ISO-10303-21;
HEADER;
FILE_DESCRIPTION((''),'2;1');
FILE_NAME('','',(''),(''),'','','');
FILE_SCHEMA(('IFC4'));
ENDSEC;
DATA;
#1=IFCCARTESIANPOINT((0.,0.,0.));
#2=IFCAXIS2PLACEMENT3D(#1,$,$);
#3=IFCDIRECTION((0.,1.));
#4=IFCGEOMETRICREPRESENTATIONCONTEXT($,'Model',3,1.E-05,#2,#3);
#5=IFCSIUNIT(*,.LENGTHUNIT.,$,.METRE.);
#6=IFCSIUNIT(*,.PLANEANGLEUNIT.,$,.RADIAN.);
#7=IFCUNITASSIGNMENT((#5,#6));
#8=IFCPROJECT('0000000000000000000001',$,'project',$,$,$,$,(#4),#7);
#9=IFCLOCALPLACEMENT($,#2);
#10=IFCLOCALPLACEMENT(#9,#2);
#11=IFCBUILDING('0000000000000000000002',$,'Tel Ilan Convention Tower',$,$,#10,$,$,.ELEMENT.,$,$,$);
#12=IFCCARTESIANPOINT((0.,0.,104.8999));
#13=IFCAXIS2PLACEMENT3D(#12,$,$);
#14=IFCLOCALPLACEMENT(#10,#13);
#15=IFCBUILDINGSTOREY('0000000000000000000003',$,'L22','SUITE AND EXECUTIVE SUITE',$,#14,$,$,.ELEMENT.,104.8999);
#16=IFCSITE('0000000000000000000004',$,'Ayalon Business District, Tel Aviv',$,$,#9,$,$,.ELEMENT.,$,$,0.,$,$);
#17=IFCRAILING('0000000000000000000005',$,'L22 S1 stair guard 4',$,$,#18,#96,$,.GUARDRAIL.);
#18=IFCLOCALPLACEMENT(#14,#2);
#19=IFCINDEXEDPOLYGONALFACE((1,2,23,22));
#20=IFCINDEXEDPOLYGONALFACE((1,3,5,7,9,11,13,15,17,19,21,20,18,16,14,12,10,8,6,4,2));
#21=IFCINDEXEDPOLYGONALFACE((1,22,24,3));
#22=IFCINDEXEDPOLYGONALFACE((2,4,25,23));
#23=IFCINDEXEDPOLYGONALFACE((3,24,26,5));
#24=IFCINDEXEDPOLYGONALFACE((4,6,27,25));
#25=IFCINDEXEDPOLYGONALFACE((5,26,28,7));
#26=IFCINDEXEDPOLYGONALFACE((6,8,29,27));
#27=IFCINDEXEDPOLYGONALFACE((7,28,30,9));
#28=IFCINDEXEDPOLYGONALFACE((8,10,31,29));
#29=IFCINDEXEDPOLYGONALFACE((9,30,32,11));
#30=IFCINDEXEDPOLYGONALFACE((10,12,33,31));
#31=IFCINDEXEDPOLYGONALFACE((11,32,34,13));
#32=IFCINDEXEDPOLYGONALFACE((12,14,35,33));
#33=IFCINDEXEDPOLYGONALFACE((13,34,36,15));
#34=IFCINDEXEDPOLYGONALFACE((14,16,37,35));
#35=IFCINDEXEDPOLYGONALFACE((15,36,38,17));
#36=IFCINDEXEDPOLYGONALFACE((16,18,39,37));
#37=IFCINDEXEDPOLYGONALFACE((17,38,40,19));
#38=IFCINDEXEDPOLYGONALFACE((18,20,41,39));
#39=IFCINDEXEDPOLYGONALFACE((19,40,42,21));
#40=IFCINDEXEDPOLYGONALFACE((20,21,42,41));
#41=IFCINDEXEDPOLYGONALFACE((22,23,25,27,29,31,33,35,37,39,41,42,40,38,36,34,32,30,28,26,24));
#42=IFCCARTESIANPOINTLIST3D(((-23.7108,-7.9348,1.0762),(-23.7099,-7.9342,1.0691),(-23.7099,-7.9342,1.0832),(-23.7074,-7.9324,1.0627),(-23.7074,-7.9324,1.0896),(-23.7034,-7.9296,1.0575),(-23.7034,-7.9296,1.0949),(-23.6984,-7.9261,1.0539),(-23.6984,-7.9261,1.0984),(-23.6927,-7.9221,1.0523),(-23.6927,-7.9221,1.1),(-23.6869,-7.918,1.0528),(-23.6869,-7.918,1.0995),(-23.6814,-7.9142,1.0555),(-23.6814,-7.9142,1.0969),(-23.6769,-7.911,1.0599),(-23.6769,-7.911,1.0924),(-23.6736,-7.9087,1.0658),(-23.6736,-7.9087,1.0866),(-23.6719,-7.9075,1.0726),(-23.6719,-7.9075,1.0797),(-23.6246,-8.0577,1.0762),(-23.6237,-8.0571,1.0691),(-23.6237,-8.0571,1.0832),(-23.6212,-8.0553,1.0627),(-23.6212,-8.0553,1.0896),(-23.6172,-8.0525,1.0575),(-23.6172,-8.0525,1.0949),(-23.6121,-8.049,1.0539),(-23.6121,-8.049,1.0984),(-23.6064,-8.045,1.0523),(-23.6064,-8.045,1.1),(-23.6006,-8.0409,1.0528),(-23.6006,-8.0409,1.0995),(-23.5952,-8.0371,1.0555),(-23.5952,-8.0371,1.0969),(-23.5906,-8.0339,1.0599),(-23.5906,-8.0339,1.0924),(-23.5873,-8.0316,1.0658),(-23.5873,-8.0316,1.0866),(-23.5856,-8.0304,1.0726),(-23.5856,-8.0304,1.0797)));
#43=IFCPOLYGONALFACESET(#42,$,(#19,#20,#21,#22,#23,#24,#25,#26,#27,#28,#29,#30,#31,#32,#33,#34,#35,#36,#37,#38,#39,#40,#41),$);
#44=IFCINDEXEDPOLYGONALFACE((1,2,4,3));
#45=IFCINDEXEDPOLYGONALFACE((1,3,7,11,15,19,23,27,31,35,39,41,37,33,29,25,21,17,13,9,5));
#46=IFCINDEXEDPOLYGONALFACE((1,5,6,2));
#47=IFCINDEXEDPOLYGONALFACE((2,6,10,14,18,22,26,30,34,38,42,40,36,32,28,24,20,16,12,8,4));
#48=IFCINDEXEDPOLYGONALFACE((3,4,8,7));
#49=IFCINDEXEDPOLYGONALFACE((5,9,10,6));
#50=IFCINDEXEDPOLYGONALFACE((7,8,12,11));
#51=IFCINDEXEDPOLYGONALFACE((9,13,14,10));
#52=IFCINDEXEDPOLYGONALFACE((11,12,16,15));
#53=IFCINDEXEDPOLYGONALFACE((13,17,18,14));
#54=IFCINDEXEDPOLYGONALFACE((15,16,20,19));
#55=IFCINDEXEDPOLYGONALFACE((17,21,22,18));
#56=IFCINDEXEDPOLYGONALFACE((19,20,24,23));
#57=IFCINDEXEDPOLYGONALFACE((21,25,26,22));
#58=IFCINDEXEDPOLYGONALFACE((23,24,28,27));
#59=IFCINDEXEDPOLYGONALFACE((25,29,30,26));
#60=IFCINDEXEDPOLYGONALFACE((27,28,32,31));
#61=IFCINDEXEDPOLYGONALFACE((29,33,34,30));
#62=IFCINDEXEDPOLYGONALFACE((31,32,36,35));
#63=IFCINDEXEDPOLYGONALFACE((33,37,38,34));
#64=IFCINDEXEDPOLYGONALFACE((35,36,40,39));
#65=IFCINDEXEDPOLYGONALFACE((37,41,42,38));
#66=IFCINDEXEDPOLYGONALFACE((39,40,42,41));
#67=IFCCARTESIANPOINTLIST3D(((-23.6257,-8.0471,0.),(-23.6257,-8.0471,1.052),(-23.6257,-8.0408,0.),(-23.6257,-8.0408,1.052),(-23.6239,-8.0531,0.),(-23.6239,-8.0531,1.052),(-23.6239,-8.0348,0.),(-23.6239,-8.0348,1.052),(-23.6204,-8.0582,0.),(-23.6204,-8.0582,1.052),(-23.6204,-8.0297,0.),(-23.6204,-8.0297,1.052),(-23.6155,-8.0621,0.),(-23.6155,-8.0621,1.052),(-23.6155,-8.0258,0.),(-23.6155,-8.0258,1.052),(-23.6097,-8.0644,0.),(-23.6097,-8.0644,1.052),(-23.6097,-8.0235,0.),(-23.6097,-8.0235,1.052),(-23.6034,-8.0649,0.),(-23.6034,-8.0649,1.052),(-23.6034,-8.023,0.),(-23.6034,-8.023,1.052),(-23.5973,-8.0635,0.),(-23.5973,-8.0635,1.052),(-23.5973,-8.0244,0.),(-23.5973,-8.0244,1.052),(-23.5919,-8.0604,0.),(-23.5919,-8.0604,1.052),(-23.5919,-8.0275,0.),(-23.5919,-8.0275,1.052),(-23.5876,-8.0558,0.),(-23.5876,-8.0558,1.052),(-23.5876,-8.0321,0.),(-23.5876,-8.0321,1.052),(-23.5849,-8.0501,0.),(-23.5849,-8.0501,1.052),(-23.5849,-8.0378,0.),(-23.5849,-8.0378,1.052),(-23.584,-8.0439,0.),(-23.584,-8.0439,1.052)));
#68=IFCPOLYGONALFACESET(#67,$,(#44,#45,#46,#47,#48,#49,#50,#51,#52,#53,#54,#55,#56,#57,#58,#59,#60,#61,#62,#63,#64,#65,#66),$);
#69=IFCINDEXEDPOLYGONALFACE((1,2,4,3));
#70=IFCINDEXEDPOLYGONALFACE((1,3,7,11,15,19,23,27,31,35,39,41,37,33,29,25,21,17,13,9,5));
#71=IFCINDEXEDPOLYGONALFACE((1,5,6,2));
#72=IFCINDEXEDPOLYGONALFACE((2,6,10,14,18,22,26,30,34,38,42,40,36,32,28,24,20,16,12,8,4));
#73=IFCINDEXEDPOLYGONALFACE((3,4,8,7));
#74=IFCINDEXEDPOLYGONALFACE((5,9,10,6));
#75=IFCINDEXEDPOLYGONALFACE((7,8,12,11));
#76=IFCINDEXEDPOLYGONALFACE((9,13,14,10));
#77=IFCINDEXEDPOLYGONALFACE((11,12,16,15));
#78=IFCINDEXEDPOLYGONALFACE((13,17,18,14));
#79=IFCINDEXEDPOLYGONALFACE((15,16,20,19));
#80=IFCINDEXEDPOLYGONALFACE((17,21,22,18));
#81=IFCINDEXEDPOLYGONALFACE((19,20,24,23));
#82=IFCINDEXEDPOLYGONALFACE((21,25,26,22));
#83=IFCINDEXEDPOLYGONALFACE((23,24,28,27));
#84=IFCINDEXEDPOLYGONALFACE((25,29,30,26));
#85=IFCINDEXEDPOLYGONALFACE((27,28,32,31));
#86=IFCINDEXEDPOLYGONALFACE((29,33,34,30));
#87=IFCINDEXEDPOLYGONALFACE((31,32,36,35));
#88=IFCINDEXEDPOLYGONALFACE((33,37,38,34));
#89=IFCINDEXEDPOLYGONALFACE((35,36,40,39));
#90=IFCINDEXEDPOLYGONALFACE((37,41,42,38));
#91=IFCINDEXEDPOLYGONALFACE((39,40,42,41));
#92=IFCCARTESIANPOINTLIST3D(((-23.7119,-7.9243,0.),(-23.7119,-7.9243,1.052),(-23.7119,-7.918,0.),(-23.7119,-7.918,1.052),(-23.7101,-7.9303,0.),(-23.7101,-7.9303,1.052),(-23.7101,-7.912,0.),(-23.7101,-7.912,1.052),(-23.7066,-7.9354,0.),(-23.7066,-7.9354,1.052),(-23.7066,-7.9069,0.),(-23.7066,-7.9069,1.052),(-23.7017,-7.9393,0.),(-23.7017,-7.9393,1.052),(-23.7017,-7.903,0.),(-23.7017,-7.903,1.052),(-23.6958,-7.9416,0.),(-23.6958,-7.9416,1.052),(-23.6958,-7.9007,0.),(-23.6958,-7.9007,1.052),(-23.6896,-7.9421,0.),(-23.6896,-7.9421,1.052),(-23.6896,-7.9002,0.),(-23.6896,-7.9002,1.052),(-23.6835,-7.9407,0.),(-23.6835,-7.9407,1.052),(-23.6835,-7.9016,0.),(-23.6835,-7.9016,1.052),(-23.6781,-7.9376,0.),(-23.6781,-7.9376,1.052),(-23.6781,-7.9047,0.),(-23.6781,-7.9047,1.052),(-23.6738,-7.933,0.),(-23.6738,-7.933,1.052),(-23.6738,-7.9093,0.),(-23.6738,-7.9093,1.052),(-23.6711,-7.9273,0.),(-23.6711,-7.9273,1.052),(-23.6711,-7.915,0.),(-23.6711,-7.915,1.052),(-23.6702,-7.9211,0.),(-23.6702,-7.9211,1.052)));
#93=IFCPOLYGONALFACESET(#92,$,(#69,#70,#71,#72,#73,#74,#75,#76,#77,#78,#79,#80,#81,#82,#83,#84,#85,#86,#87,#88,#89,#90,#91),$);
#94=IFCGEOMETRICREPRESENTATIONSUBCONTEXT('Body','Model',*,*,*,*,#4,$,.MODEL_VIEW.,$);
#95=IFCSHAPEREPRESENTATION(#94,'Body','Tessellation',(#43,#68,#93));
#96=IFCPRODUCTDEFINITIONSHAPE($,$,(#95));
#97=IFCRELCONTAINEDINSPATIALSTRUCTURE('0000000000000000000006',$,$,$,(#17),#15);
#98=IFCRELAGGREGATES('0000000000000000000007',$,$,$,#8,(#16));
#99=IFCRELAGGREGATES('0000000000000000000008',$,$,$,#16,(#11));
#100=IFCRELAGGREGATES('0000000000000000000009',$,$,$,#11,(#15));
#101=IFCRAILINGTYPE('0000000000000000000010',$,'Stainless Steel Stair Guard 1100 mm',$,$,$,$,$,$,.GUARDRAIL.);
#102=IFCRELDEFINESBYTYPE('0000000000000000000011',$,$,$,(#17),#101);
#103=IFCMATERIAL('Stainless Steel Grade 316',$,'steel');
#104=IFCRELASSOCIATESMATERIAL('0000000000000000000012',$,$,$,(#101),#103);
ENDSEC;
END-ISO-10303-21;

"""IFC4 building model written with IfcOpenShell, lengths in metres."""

from ifc_helpers import new_model, si_unit, direction, frame, origin, origin_2d, place, context, subcontext, project, spatial, circle, extrude, material, type_object, element, save


model = new_model("IFC4")

# Units and contexts
model_context = context("Model", 3, precision=1e-05, world=origin(), true_north=direction((0.0, 1.0)))
body_context = subcontext(model_context, "Body", "Model", "MODEL_VIEW")
ifc_project = project(units=[si_unit("LENGTHUNIT", "METRE"), si_unit("PLANEANGLEUNIT", "RADIAN")], contexts=[model_context])

# Site, building, storey
site_placement = place(None, origin())
site = spatial("IfcSite", under=ifc_project, at=site_placement, Name="Ayalon Business District, Tel Aviv", CompositionType="ELEMENT", RefElevation=0.0)
building_placement = place(site_placement, origin())
building = spatial("IfcBuilding", under=site, at=building_placement, Name="Tel Ilan Convention Tower", CompositionType="ELEMENT")
storey_placement = place(building_placement, frame((0.0, 0.0, 104.8999)))
storey = spatial("IfcBuildingStorey", under=building, at=storey_placement, Name="L22", Description="SUITE AND EXECUTIVE SUITE", CompositionType="ELEMENT", Elevation=104.8999)

# Railing
ifc_material_1 = material(Name="Stainless Steel Grade 316", Category="steel")
railing_type_1 = type_object("IfcRailingType", Name="Stainless Steel Stair Guard 1100 mm", PredefinedType="GUARDRAIL", material=ifc_material_1)
railing_1_placement = place(storey_placement, frame((-23.605, -8.0439, 0.0)))
element("IfcRailing", 1, at=railing_1_placement, inside=storey, type_object=railing_type_1, Name="L22 S1 stair guard 4", PredefinedType="GUARDRAIL", context=body_context, shape_type="SweptSolid", body=[
    extrude(circle(Radius=0.0239, at=origin_2d()), frame((0.0, 0.0, 1.0762), z_axis=(-0.574445, 0.818543, 0.0), x_axis=(-0.818543, -0.574445, 0.0)), (0.0, 0.0, 1.0), 0.1501),
    extrude(circle(Radius=0.021, at=origin_2d()), origin(), (0.0, 0.0, 1.0), 1.052),
    extrude(circle(Radius=0.021, at=origin_2d()), frame((-0.0862, 0.1228, 0.0)), (0.0, 0.0, 1.0), 1.052),
])

save(model, "model.ifc")
